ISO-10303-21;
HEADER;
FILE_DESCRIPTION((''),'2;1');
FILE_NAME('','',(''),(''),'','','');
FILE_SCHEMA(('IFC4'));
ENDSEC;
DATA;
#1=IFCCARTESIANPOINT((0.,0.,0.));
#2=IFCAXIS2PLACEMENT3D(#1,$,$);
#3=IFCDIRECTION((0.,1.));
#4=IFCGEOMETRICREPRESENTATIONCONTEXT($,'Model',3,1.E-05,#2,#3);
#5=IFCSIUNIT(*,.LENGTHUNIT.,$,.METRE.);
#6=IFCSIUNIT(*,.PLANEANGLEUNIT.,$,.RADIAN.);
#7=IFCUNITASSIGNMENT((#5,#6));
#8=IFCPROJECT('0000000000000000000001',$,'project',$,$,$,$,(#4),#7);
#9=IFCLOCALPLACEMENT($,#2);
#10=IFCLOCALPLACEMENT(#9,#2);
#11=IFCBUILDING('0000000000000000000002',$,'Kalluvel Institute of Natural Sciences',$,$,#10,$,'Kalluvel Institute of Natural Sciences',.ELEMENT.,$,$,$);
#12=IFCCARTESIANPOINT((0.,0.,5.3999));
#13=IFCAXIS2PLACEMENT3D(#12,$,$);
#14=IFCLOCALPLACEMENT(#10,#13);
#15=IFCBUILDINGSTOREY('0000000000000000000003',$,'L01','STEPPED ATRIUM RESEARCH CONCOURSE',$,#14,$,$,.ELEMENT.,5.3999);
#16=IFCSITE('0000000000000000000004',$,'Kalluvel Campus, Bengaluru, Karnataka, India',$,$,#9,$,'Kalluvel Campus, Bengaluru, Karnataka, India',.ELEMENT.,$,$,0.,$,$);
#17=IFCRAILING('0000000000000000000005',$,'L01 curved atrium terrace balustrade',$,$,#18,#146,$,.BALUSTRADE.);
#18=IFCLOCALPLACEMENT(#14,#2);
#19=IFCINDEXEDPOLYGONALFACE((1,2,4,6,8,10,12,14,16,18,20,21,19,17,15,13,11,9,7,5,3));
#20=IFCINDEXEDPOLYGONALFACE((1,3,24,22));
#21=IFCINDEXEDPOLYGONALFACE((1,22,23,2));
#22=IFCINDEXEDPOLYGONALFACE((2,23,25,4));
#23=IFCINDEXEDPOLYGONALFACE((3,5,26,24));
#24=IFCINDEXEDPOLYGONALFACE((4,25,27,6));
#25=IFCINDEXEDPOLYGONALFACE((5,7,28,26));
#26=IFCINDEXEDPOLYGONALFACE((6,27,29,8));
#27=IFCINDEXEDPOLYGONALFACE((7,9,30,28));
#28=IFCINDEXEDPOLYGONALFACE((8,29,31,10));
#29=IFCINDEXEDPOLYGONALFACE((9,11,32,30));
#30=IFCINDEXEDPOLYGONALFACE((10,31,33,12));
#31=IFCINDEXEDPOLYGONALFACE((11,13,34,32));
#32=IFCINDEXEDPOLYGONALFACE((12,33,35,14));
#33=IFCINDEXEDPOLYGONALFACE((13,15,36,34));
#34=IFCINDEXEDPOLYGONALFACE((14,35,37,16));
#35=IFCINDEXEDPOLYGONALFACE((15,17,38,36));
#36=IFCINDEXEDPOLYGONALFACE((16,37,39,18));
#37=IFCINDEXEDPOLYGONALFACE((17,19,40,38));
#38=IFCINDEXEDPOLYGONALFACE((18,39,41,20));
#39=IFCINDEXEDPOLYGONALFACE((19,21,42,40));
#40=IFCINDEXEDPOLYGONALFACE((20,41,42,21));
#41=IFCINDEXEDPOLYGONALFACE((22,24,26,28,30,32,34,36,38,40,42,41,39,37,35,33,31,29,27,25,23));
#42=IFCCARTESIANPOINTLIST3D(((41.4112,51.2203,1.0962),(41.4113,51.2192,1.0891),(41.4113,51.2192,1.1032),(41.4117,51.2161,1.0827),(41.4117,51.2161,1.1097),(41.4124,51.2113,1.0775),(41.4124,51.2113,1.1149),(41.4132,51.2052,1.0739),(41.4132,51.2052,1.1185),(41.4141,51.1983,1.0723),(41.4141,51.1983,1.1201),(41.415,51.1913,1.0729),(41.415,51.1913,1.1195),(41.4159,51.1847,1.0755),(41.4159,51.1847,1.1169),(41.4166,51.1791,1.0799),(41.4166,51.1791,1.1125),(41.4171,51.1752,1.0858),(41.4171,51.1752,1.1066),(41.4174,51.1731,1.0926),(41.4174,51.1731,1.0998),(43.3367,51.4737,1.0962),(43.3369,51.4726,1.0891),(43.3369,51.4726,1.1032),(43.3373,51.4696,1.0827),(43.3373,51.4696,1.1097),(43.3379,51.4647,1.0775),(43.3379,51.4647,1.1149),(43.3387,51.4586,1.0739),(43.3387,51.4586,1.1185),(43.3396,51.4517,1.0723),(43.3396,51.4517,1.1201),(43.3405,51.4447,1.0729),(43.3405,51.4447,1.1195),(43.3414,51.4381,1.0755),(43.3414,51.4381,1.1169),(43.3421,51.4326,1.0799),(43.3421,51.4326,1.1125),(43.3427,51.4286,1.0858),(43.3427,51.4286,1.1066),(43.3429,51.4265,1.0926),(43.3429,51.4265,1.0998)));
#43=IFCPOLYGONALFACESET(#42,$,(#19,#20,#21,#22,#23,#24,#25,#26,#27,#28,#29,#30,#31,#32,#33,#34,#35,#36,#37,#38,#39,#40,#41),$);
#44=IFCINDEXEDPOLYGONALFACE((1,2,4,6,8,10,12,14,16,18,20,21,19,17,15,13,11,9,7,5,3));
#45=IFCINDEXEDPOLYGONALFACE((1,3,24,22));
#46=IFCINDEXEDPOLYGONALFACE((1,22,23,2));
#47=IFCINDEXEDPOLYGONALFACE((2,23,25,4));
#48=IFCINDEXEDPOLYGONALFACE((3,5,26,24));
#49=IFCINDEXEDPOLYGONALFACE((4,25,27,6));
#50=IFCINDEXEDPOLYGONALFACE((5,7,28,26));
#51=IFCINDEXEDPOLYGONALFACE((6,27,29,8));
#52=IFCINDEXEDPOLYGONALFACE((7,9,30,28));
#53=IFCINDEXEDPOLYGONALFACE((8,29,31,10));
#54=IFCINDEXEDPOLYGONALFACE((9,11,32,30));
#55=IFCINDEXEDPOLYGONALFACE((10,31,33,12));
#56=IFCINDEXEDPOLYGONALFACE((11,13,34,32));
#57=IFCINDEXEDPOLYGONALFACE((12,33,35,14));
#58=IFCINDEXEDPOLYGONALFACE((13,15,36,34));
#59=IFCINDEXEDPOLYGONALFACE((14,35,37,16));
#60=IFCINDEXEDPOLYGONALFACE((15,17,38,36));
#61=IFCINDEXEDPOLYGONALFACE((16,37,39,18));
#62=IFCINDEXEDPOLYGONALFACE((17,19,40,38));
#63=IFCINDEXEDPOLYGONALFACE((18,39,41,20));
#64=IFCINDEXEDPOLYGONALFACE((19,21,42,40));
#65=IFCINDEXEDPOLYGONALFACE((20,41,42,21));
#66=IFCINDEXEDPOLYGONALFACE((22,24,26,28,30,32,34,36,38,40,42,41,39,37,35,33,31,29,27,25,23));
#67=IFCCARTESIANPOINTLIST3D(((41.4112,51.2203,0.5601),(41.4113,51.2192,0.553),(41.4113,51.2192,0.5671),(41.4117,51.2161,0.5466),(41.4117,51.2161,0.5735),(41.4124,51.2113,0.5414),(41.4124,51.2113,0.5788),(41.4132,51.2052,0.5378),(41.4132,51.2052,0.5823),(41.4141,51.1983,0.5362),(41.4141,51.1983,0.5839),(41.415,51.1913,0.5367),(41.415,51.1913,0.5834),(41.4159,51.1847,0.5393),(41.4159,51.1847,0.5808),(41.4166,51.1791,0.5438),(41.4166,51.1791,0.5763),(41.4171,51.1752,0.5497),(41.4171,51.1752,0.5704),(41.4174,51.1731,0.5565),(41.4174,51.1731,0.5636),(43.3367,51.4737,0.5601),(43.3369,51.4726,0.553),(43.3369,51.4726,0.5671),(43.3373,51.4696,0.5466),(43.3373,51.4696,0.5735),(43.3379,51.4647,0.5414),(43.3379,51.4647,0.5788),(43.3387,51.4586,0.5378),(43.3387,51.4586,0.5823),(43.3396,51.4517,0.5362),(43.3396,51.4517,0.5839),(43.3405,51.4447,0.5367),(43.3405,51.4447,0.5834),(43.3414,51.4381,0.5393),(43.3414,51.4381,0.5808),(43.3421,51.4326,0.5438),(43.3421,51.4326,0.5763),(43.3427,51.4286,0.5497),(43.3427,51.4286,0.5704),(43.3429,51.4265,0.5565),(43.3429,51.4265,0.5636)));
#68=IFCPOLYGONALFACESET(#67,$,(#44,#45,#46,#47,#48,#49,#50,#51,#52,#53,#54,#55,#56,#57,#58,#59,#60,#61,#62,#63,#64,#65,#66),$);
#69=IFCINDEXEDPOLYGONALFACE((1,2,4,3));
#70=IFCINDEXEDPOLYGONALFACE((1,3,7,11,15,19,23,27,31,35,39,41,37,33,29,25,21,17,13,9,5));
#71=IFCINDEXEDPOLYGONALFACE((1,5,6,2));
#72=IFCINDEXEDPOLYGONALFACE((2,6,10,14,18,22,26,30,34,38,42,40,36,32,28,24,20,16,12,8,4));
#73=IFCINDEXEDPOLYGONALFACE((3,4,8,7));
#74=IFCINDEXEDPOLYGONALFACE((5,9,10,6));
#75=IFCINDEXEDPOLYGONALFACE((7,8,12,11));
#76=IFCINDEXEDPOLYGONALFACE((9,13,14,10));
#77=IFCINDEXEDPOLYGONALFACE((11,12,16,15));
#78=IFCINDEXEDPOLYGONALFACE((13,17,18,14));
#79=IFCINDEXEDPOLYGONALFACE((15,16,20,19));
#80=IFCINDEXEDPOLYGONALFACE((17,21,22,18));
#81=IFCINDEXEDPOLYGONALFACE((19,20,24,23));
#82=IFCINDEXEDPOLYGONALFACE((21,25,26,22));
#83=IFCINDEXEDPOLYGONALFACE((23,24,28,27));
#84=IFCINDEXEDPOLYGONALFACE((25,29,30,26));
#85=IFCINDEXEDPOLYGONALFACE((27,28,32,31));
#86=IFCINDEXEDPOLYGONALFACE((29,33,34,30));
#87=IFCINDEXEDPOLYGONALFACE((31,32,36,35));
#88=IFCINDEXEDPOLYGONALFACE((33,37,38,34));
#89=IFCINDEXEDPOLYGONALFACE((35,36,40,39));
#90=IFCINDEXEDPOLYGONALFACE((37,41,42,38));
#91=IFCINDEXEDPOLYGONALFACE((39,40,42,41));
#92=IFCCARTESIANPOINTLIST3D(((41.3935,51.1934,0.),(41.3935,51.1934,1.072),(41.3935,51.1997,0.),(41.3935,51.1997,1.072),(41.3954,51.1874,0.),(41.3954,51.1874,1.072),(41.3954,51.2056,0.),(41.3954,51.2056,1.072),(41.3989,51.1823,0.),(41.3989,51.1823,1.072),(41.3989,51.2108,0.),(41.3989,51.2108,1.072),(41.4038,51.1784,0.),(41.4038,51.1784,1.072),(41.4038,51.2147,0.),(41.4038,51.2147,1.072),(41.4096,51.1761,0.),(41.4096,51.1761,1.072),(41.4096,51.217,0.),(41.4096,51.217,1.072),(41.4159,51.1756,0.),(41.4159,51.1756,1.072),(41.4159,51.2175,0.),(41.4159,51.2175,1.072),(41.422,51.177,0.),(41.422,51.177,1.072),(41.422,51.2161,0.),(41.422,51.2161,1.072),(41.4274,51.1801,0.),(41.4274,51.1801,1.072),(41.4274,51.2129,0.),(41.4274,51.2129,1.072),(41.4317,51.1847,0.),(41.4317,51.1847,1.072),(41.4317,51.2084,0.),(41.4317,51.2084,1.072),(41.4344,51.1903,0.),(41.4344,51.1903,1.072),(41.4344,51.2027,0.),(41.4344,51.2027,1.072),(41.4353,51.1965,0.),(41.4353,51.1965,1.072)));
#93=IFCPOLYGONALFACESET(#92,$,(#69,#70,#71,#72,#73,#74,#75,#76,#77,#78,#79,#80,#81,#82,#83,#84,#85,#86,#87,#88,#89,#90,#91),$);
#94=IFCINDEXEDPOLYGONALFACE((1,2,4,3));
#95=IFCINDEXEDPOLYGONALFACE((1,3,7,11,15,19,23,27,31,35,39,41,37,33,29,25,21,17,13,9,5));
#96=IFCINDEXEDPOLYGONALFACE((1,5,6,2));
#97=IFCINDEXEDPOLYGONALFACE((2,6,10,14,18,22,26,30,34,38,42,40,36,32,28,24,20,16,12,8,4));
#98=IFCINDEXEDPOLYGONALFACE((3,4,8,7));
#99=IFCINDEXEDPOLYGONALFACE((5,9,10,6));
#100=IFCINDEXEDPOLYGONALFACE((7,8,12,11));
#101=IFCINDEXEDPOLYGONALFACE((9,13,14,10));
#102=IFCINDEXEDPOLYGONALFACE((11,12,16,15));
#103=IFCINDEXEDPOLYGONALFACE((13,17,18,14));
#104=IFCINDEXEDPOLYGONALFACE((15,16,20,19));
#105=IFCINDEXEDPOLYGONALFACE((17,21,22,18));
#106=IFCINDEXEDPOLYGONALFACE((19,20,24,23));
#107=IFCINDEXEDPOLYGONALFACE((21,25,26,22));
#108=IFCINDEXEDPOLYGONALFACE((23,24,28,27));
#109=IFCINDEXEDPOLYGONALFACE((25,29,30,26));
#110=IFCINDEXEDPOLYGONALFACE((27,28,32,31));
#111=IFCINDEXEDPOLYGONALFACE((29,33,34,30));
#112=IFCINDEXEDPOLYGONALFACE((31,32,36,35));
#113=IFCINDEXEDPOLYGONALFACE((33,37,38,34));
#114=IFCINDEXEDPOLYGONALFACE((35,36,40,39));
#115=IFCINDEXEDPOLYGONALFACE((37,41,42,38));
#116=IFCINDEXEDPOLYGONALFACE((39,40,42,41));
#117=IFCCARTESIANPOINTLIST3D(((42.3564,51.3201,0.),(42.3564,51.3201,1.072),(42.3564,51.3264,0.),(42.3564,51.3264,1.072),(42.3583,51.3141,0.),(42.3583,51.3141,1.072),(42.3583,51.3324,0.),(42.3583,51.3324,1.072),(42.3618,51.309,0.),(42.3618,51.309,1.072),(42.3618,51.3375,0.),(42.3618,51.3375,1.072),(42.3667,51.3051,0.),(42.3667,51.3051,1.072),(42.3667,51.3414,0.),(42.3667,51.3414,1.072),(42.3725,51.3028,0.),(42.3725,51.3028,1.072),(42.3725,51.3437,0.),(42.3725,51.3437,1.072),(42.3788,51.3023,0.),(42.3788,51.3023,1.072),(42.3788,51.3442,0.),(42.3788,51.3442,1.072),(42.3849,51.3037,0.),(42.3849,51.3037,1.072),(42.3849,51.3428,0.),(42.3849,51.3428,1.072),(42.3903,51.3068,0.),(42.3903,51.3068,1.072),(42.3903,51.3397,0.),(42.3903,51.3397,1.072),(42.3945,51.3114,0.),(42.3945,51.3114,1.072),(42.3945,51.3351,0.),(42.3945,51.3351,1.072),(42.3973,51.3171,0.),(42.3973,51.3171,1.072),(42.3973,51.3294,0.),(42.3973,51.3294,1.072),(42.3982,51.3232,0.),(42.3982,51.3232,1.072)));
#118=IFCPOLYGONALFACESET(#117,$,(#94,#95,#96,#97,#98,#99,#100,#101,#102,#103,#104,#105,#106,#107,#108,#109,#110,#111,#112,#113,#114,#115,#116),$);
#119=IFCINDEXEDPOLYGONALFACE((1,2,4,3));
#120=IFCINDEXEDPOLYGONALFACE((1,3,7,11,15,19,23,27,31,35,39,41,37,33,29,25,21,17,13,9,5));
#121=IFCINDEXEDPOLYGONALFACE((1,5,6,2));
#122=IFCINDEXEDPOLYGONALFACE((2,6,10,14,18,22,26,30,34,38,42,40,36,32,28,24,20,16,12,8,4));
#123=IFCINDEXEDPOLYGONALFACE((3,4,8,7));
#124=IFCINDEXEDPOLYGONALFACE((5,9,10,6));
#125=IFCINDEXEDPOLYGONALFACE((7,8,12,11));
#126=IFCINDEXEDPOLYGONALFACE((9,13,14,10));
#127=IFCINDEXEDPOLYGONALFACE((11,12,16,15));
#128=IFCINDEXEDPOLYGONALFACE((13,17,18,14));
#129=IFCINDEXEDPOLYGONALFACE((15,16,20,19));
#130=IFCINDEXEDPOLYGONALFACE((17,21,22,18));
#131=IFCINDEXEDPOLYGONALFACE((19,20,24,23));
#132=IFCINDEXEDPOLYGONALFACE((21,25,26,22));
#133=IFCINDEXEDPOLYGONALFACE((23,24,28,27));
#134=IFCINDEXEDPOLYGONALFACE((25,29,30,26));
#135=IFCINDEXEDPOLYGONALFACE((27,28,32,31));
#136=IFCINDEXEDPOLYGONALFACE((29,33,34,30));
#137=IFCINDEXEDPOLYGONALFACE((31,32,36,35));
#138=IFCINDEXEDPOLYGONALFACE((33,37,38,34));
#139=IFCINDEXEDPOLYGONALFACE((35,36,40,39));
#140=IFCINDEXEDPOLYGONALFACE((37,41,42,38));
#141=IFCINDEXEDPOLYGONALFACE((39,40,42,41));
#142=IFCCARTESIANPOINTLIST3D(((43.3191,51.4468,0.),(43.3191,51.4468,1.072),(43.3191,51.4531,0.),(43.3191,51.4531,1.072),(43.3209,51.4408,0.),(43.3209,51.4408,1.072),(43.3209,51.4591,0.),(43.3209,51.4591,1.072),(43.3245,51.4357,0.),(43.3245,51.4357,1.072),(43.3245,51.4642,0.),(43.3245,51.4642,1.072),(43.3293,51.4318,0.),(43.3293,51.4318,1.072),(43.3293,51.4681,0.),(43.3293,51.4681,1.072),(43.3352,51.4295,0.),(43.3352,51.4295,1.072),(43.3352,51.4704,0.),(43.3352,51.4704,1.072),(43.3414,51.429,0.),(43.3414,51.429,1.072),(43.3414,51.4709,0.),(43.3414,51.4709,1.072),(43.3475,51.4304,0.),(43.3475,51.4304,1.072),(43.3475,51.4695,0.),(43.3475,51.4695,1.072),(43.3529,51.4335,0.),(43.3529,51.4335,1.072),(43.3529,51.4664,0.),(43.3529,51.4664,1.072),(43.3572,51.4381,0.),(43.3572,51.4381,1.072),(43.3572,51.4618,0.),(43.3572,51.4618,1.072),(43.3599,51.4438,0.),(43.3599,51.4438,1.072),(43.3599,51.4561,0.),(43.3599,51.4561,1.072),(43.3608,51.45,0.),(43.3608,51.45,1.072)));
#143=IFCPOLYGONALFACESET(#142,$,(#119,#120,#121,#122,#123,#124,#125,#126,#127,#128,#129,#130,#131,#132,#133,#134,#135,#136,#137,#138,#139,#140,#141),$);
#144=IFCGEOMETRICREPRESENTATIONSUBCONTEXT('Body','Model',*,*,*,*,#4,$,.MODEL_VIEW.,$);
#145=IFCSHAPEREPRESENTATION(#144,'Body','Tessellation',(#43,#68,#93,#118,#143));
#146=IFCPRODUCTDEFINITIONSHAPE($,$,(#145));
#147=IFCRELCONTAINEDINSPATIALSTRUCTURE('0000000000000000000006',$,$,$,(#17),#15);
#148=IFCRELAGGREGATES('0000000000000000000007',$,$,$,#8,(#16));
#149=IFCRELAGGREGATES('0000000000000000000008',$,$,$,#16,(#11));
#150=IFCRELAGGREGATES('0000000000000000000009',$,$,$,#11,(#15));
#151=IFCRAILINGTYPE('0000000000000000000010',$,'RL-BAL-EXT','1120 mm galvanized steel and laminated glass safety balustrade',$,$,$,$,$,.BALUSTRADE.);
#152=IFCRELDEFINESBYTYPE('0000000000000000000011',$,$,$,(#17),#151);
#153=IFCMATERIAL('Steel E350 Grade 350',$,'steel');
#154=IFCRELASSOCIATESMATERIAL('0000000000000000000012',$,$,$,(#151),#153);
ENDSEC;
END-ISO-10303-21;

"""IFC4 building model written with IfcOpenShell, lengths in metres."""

from ifc_helpers import new_model, si_unit, direction, frame, origin, origin_2d, place, context, subcontext, project, spatial, circle, extrude, material, type_object, element, save


model = new_model("IFC4")

# Units and contexts
model_context = context("Model", 3, precision=1e-05, world=origin(), true_north=direction((0.0, 1.0)))
body_context = subcontext(model_context, "Body", "Model", "MODEL_VIEW")
ifc_project = project(units=[si_unit("LENGTHUNIT", "METRE"), si_unit("PLANEANGLEUNIT", "RADIAN")], contexts=[model_context])

# Site, building, storey
site_placement = place(None, origin())
site = spatial("IfcSite", under=ifc_project, at=site_placement, Name="Kalluvel Campus, Bengaluru, Karnataka, India", LongName="Kalluvel Campus, Bengaluru, Karnataka, India", CompositionType="ELEMENT", RefElevation=0.0)
building_placement = place(site_placement, origin())
building = spatial("IfcBuilding", under=site, at=building_placement, Name="Kalluvel Institute of Natural Sciences", LongName="Kalluvel Institute of Natural Sciences", CompositionType="ELEMENT")
storey_placement = place(building_placement, frame((0.0, 0.0, 5.3999)))
storey = spatial("IfcBuildingStorey", under=building, at=storey_placement, Name="L01", Description="STEPPED ATRIUM RESEARCH CONCOURSE", CompositionType="ELEMENT", Elevation=5.3999)

# Railing
ifc_material_1 = material(Name="Steel E350 Grade 350", Category="steel")
railing_type = type_object("IfcRailingType", Name="RL-BAL-EXT", Description="1120 mm galvanized steel and laminated glass safety balustrade", PredefinedType="BALUSTRADE", material=ifc_material_1)
railing_1_placement = place(storey_placement, frame((41.4143, 51.1965, 0.0)))
element("IfcRailing", 1, at=railing_1_placement, inside=storey, type_object=railing_type, Name="L01 curved atrium terrace balustrade", PredefinedType="BALUSTRADE", context=body_context, shape_type="SweptSolid", body=[
    extrude(circle(Radius=0.0239, at=origin_2d()), frame((0.0, 0.0, 1.0962), z_axis=(0.99145, 0.130484, 0.0), x_axis=(-0.130484, 0.99145, 0.0)), (0.0, 0.0, 1.0), 1.9421),
    extrude(circle(Radius=0.0239, at=origin_2d()), frame((0.0, 0.0, 0.5601), z_axis=(0.99145, 0.130484, 0.0), x_axis=(-0.130484, 0.99145, 0.0)), (0.0, 0.0, 1.0), 1.9421),
    extrude(circle(Radius=0.021, at=origin_2d()), origin(), (0.0, 0.0, 1.0), 1.072),
    extrude(circle(Radius=0.021, at=origin_2d()), frame((0.9629, 0.1267, 0.0)), (0.0, 0.0, 1.0), 1.072),
    extrude(circle(Radius=0.021, at=origin_2d()), frame((1.9255, 0.2534, 0.0)), (0.0, 0.0, 1.0), 1.072),
])

save(model, "model.ifc")
